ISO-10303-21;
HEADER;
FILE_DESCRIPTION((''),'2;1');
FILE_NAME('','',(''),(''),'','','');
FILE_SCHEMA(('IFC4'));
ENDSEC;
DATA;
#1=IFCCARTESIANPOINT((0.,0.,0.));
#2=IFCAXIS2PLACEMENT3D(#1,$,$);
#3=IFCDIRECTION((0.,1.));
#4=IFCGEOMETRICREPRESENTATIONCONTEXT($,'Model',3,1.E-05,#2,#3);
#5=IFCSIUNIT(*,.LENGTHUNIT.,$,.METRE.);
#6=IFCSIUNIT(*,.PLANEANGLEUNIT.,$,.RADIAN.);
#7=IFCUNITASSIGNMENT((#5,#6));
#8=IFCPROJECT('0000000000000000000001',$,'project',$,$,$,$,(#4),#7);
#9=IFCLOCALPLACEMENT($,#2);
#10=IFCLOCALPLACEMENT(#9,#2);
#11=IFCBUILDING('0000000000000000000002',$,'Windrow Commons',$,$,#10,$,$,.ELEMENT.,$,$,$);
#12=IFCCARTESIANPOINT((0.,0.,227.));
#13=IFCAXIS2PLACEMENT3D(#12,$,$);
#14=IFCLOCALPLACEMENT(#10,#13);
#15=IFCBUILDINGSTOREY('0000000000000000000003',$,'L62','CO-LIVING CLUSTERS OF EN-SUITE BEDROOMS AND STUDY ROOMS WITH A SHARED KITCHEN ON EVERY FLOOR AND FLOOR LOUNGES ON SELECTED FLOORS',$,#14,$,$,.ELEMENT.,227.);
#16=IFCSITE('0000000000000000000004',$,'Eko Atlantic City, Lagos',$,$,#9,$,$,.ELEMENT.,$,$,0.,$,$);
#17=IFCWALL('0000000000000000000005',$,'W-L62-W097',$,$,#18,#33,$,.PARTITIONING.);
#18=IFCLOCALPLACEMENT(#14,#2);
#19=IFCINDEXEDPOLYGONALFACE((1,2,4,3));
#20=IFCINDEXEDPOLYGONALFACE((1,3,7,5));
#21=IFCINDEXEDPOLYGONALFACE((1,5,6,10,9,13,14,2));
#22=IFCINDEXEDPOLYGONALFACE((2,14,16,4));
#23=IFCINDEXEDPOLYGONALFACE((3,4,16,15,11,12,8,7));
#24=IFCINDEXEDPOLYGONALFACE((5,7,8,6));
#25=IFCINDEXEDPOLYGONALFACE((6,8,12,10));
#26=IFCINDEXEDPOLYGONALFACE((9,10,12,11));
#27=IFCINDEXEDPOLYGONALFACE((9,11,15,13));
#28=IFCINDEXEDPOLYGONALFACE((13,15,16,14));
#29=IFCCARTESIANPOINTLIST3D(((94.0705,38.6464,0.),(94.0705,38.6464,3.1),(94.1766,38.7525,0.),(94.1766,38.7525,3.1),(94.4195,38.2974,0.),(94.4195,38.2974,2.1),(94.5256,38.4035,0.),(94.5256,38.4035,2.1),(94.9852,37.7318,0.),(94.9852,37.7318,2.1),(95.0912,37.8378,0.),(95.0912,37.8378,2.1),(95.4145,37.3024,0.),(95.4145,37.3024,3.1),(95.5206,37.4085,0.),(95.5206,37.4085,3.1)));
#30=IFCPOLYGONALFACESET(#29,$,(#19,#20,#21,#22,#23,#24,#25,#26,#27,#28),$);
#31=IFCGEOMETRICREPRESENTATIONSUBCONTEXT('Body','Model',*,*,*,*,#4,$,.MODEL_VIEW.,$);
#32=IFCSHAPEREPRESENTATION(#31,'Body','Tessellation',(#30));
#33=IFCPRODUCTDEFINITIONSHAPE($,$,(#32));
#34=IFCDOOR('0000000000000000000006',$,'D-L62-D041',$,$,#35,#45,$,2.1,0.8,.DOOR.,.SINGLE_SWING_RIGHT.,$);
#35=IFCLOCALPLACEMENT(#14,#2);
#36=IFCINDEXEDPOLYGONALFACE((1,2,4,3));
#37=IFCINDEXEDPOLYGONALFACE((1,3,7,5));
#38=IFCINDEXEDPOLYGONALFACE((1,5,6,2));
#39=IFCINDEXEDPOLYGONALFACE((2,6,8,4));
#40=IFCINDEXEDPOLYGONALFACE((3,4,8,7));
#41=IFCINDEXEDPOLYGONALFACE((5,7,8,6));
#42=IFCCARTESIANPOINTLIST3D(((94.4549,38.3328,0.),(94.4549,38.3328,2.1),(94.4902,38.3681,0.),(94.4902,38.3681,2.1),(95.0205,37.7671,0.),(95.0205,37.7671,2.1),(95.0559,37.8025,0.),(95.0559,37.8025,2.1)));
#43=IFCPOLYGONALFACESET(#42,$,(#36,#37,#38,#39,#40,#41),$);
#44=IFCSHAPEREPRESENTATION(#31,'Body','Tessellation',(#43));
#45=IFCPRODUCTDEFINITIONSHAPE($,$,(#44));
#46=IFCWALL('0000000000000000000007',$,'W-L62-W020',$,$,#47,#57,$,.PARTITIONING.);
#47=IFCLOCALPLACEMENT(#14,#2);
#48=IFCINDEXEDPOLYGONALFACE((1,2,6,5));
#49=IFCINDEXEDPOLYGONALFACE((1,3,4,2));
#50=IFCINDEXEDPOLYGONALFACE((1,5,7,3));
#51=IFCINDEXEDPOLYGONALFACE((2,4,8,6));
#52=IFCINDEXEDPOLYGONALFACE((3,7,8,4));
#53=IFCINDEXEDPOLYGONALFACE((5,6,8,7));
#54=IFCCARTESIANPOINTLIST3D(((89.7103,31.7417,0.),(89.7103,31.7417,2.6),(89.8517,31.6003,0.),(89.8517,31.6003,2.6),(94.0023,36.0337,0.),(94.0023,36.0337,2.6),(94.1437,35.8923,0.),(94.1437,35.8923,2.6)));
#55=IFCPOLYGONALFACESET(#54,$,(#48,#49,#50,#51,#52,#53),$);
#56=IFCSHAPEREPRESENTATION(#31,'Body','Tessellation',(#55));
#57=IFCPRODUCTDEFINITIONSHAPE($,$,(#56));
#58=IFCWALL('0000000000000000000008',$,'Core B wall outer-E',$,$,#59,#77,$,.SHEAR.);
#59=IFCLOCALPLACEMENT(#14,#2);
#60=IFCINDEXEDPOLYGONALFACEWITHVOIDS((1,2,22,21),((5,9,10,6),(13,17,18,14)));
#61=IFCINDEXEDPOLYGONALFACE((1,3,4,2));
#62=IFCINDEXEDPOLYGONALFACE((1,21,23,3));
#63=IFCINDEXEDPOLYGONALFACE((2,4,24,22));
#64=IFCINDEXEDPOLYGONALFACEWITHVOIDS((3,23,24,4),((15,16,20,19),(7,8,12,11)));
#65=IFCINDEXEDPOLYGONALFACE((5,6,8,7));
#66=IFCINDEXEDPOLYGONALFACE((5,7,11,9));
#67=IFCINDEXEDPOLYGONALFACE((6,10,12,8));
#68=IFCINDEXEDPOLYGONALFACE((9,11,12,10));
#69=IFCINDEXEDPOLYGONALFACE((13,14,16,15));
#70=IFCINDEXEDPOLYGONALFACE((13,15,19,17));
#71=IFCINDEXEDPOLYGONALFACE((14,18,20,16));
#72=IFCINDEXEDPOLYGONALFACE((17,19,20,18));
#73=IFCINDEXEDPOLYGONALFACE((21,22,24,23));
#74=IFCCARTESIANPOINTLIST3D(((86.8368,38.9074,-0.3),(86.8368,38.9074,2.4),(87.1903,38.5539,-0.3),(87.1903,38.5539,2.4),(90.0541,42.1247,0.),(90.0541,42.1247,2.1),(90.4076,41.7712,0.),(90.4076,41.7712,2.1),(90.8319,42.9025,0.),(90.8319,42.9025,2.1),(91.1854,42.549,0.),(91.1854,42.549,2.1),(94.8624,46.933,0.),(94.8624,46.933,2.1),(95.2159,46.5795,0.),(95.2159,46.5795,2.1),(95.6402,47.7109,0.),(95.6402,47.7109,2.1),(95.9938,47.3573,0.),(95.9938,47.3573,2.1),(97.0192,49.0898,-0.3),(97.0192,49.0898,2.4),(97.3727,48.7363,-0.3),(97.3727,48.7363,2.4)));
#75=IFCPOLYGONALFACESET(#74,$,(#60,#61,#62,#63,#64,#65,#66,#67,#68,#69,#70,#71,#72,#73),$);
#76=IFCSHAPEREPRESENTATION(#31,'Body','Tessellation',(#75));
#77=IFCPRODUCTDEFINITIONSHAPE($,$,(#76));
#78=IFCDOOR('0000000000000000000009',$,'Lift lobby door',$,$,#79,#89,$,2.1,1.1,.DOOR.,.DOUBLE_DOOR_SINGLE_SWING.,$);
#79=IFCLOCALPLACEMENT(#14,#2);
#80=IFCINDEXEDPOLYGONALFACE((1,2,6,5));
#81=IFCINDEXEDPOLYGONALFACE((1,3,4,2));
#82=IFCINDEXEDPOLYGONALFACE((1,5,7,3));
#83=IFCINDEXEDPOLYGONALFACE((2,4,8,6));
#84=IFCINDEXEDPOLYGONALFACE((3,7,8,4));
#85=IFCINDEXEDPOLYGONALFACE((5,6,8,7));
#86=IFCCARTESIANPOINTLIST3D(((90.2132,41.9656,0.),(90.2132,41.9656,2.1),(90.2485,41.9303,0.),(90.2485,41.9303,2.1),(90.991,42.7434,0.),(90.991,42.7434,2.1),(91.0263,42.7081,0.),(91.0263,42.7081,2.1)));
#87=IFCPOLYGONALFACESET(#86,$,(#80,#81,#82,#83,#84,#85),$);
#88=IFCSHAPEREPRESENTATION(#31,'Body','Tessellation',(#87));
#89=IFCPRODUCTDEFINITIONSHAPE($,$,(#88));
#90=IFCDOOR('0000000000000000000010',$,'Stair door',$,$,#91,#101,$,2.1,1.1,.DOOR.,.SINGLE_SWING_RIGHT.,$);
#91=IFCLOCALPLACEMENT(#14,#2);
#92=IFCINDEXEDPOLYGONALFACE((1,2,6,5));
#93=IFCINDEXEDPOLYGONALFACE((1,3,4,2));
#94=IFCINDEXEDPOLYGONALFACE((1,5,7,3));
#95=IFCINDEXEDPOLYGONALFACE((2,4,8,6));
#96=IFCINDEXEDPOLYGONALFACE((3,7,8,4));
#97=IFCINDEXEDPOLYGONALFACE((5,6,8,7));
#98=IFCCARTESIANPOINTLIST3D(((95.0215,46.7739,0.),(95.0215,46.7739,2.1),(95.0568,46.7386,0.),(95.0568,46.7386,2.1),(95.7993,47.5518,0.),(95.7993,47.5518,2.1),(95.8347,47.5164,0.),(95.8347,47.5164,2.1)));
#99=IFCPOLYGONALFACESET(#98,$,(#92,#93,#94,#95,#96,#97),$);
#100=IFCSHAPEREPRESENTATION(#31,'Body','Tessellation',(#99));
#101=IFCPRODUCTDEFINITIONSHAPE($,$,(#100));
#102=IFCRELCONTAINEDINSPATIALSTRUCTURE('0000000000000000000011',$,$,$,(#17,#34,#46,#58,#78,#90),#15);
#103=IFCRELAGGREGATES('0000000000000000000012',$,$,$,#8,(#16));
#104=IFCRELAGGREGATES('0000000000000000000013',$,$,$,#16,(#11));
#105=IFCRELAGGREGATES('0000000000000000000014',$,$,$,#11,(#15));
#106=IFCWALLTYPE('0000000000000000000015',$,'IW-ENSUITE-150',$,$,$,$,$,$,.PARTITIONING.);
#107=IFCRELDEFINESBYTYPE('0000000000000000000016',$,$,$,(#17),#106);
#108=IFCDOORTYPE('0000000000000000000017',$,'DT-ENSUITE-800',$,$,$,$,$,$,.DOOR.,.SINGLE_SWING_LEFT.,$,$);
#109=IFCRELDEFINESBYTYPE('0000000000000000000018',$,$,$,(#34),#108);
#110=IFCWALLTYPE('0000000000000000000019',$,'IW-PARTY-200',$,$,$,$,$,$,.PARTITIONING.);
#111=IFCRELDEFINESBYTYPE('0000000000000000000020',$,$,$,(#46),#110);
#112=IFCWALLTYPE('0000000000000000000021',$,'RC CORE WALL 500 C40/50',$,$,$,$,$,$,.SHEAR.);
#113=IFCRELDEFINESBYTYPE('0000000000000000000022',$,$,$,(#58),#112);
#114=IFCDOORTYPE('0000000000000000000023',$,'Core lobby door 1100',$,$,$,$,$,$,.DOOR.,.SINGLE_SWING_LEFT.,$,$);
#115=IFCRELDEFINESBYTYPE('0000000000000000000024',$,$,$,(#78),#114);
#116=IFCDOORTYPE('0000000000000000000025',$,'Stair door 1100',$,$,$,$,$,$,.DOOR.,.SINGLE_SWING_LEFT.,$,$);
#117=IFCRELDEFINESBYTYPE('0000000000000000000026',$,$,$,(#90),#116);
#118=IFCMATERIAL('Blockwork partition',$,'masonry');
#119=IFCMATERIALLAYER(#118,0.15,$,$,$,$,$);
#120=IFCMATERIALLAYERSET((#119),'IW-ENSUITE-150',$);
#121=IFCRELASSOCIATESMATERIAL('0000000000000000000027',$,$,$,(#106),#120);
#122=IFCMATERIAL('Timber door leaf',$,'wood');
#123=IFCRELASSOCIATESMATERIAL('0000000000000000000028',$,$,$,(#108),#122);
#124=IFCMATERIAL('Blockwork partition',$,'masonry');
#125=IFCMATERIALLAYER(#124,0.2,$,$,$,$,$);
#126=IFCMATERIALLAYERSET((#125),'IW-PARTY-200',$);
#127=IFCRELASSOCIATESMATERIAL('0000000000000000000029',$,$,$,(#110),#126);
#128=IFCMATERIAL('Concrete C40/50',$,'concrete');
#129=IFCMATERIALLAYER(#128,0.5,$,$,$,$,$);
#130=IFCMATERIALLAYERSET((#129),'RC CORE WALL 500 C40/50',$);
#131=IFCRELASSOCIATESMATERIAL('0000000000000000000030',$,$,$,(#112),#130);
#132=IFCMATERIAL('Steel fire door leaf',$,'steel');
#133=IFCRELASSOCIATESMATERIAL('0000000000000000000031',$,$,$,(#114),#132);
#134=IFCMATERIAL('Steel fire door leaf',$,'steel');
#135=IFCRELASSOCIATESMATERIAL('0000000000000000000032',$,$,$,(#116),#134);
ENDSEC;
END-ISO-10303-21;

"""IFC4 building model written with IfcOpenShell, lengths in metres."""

from ifc_helpers import new_model, si_unit, direction, frame, frame_2d, origin, place, context, subcontext, project, spatial, rectangle, extrude, material, layer, layer_set, type_object, element, fill, save


model = new_model("IFC4")

# Units and contexts
model_context = context("Model", 3, precision=1e-05, world=origin(), true_north=direction((0.0, 1.0)))
body_context = subcontext(model_context, "Body", "Model", "MODEL_VIEW")
ifc_project = project(units=[si_unit("LENGTHUNIT", "METRE"), si_unit("PLANEANGLEUNIT", "RADIAN")], contexts=[model_context])

# Site, building, storey
site_placement = place(None, origin())
site = spatial("IfcSite", under=ifc_project, at=site_placement, Name="Eko Atlantic City, Lagos", CompositionType="ELEMENT", RefElevation=0.0)
building_placement = place(site_placement, origin())
building = spatial("IfcBuilding", under=site, at=building_placement, Name="Windrow Commons", CompositionType="ELEMENT")
storey_placement = place(building_placement, frame((0.0, 0.0, 227.0)))
storey = spatial("IfcBuildingStorey", under=building, at=storey_placement, Name="L62", Description="CO-LIVING CLUSTERS OF EN-SUITE BEDROOMS AND STUDY ROOMS WITH A SHARED KITCHEN ON EVERY FLOOR AND FLOOR LOUNGES ON SELECTED FLOORS", CompositionType="ELEMENT", Elevation=227.0)

# Shared definitions
ifc_material_1 = material(Name="Blockwork partition", Category="masonry")
ifc_layer_1 = layer(ifc_material_1, 0.15)
ifc_layer_set_1 = layer_set([ifc_layer_1], Name="IW-ENSUITE-150")
wall_type_1 = type_object("IfcWallType", Name="IW-ENSUITE-150", PredefinedType="PARTITIONING", material=ifc_layer_set_1)

# Wall, opening, door
wall_1_placement = place(storey_placement, frame((94.1235, 38.6995, 0.0), z_axis=(0.0, 0.0, 1.0), x_axis=(0.707107, -0.707107, 0.0)))
wall_1 = element("IfcWall", 1, at=wall_1_placement, inside=storey, type_object=wall_type_1, Name="W-L62-W097", PredefinedType="PARTITIONING", context=body_context, shape_type="SweptSolid", body=[
    extrude(rectangle(XDim=1.9007, YDim=0.15, at=frame_2d((0.9504, 0.0))), origin(), (0.0, 0.0, 1.0), 3.1),
])
opening_1_placement = place(wall_1_placement, frame((0.4936, 0.0, 0.0)))
opening_1 = element("IfcOpeningElement", 2, at=opening_1_placement, cuts=wall_1, PredefinedType="OPENING", context=body_context, shape_type="SweptSolid", body=[
    extrude(rectangle(XDim=0.8, YDim=2.1, at=frame_2d((0.4, 1.05))), frame((0.0, 0.085, 0.0), z_axis=(0.0, -1.0, 0.0), x_axis=(1.0, 0.0, 0.0)), (0.0, 0.0, 1.0), 0.17),
])
ifc_material_2 = material(Name="Timber door leaf", Category="wood")
door_type_1 = type_object("IfcDoorType", Name="DT-ENSUITE-800", OperationType="SINGLE_SWING_LEFT", PredefinedType="DOOR", material=ifc_material_2)
door_1_placement = place(opening_1_placement, origin())
door_1 = element("IfcDoor", 3, at=door_1_placement, inside=storey, type_object=door_type_1, Name="D-L62-D041", OperationType="SINGLE_SWING_RIGHT", OverallHeight=2.1, OverallWidth=0.8, PredefinedType="DOOR", context=body_context, shape_type="SweptSolid", body=[
    extrude(rectangle(XDim=0.8, YDim=2.1, at=frame_2d((0.4, 1.05))), frame((0.0, 0.025, 0.0), z_axis=(0.0, -1.0, 0.0), x_axis=(1.0, 0.0, 0.0)), (0.0, 0.0, 1.0), 0.05),
])
fill(opening_1, door_1)

# Wall
ifc_material_3 = material(Name="Blockwork partition", Category="masonry")
ifc_layer_2 = layer(ifc_material_3, 0.2)
ifc_layer_set_2 = layer_set([ifc_layer_2], Name="IW-PARTY-200")
wall_type_2 = type_object("IfcWallType", Name="IW-PARTY-200", PredefinedType="PARTITIONING", material=ifc_layer_set_2)
wall_2_placement = place(storey_placement, frame((89.781, 31.671, 0.0), z_axis=(0.0, 0.0, 1.0), x_axis=(0.707107, 0.707107, 0.0)))
element("IfcWall", 4, at=wall_2_placement, inside=storey, type_object=wall_type_2, Name="W-L62-W020", PredefinedType="PARTITIONING", context=body_context, shape_type="SweptSolid", body=[
    extrude(rectangle(XDim=6.0698, YDim=0.2, at=frame_2d((3.0349, 0.0))), origin(), (0.0, 0.0, 1.0), 2.6),
])

# Wall, openings, doors
ifc_material_4 = material(Name="Concrete C40/50", Category="concrete")
ifc_layer_3 = layer(ifc_material_4, 0.5)
ifc_layer_set_3 = layer_set([ifc_layer_3], Name="RC CORE WALL 500 C40/50")
wall_type_3 = type_object("IfcWallType", Name="RC CORE WALL 500 C40/50", PredefinedType="SHEAR", material=ifc_layer_set_3)
wall_3_placement = place(storey_placement, frame((87.0135, 38.7306, -0.3), z_axis=(0.0, 0.0, 1.0), x_axis=(0.707107, 0.707107, 0.0)))
wall_3 = element("IfcWall", 5, at=wall_3_placement, inside=storey, type_object=wall_type_3, Name="Core B wall outer-E", PredefinedType="SHEAR", context=body_context, shape_type="SweptSolid", body=[
    extrude(rectangle(XDim=14.4001, YDim=0.5, at=frame_2d((7.2001, 0.0))), origin(), (0.0, 0.0, 1.0), 2.7),
])
opening_2_placement = place(wall_3_placement, frame((4.55, 0.0, 0.3)))
opening_2 = element("IfcOpeningElement", 6, at=opening_2_placement, cuts=wall_3, PredefinedType="OPENING", context=body_context, shape_type="SweptSolid", body=[
    extrude(rectangle(XDim=1.1, YDim=2.1, at=frame_2d((0.55, 1.05))), frame((0.0, 0.26, 0.0), z_axis=(0.0, -1.0, 0.0), x_axis=(1.0, 0.0, 0.0)), (0.0, 0.0, 1.0), 0.52),
])
opening_3_placement = place(wall_3_placement, frame((11.35, 0.0, 0.3)))
opening_3 = element("IfcOpeningElement", 7, at=opening_3_placement, cuts=wall_3, PredefinedType="OPENING", context=body_context, shape_type="SweptSolid", body=[
    extrude(rectangle(XDim=1.1, YDim=2.1, at=frame_2d((0.55, 1.05))), frame((0.0, 0.26, 0.0), z_axis=(0.0, -1.0, 0.0), x_axis=(1.0, 0.0, 0.0)), (0.0, 0.0, 1.0), 0.52),
])
ifc_material_5 = material(Name="Steel fire door leaf", Category="steel")
door_type_2 = type_object("IfcDoorType", Name="Core lobby door 1100", OperationType="SINGLE_SWING_LEFT", PredefinedType="DOOR", material=ifc_material_5)
door_2_placement = place(opening_2_placement, origin())
door_2 = element("IfcDoor", 8, at=door_2_placement, inside=storey, type_object=door_type_2, Name="Lift lobby door", OperationType="DOUBLE_DOOR_SINGLE_SWING", OverallHeight=2.1, OverallWidth=1.1, PredefinedType="DOOR", context=body_context, shape_type="SweptSolid", body=[
    extrude(rectangle(XDim=1.1, YDim=2.1, at=frame_2d((0.55, 1.05))), frame((0.0, 0.025, 0.0), z_axis=(0.0, -1.0, 0.0), x_axis=(1.0, 0.0, 0.0)), (0.0, 0.0, 1.0), 0.05),
])
fill(opening_2, door_2)
ifc_material_6 = material(Name="Steel fire door leaf", Category="steel")
door_type_3 = type_object("IfcDoorType", Name="Stair door 1100", OperationType="SINGLE_SWING_LEFT", PredefinedType="DOOR", material=ifc_material_6)
door_3_placement = place(opening_3_placement, origin())
door_3 = element("IfcDoor", 9, at=door_3_placement, inside=storey, type_object=door_type_3, Name="Stair door", OperationType="SINGLE_SWING_RIGHT", OverallHeight=2.1, OverallWidth=1.1, PredefinedType="DOOR", context=body_context, shape_type="SweptSolid", body=[
    extrude(rectangle(XDim=1.1, YDim=2.1, at=frame_2d((0.55, 1.05))), frame((0.0, 0.025, 0.0), z_axis=(0.0, -1.0, 0.0), x_axis=(1.0, 0.0, 0.0)), (0.0, 0.0, 1.0), 0.05),
])
fill(opening_3, door_3)

save(model, "model.ifc")
